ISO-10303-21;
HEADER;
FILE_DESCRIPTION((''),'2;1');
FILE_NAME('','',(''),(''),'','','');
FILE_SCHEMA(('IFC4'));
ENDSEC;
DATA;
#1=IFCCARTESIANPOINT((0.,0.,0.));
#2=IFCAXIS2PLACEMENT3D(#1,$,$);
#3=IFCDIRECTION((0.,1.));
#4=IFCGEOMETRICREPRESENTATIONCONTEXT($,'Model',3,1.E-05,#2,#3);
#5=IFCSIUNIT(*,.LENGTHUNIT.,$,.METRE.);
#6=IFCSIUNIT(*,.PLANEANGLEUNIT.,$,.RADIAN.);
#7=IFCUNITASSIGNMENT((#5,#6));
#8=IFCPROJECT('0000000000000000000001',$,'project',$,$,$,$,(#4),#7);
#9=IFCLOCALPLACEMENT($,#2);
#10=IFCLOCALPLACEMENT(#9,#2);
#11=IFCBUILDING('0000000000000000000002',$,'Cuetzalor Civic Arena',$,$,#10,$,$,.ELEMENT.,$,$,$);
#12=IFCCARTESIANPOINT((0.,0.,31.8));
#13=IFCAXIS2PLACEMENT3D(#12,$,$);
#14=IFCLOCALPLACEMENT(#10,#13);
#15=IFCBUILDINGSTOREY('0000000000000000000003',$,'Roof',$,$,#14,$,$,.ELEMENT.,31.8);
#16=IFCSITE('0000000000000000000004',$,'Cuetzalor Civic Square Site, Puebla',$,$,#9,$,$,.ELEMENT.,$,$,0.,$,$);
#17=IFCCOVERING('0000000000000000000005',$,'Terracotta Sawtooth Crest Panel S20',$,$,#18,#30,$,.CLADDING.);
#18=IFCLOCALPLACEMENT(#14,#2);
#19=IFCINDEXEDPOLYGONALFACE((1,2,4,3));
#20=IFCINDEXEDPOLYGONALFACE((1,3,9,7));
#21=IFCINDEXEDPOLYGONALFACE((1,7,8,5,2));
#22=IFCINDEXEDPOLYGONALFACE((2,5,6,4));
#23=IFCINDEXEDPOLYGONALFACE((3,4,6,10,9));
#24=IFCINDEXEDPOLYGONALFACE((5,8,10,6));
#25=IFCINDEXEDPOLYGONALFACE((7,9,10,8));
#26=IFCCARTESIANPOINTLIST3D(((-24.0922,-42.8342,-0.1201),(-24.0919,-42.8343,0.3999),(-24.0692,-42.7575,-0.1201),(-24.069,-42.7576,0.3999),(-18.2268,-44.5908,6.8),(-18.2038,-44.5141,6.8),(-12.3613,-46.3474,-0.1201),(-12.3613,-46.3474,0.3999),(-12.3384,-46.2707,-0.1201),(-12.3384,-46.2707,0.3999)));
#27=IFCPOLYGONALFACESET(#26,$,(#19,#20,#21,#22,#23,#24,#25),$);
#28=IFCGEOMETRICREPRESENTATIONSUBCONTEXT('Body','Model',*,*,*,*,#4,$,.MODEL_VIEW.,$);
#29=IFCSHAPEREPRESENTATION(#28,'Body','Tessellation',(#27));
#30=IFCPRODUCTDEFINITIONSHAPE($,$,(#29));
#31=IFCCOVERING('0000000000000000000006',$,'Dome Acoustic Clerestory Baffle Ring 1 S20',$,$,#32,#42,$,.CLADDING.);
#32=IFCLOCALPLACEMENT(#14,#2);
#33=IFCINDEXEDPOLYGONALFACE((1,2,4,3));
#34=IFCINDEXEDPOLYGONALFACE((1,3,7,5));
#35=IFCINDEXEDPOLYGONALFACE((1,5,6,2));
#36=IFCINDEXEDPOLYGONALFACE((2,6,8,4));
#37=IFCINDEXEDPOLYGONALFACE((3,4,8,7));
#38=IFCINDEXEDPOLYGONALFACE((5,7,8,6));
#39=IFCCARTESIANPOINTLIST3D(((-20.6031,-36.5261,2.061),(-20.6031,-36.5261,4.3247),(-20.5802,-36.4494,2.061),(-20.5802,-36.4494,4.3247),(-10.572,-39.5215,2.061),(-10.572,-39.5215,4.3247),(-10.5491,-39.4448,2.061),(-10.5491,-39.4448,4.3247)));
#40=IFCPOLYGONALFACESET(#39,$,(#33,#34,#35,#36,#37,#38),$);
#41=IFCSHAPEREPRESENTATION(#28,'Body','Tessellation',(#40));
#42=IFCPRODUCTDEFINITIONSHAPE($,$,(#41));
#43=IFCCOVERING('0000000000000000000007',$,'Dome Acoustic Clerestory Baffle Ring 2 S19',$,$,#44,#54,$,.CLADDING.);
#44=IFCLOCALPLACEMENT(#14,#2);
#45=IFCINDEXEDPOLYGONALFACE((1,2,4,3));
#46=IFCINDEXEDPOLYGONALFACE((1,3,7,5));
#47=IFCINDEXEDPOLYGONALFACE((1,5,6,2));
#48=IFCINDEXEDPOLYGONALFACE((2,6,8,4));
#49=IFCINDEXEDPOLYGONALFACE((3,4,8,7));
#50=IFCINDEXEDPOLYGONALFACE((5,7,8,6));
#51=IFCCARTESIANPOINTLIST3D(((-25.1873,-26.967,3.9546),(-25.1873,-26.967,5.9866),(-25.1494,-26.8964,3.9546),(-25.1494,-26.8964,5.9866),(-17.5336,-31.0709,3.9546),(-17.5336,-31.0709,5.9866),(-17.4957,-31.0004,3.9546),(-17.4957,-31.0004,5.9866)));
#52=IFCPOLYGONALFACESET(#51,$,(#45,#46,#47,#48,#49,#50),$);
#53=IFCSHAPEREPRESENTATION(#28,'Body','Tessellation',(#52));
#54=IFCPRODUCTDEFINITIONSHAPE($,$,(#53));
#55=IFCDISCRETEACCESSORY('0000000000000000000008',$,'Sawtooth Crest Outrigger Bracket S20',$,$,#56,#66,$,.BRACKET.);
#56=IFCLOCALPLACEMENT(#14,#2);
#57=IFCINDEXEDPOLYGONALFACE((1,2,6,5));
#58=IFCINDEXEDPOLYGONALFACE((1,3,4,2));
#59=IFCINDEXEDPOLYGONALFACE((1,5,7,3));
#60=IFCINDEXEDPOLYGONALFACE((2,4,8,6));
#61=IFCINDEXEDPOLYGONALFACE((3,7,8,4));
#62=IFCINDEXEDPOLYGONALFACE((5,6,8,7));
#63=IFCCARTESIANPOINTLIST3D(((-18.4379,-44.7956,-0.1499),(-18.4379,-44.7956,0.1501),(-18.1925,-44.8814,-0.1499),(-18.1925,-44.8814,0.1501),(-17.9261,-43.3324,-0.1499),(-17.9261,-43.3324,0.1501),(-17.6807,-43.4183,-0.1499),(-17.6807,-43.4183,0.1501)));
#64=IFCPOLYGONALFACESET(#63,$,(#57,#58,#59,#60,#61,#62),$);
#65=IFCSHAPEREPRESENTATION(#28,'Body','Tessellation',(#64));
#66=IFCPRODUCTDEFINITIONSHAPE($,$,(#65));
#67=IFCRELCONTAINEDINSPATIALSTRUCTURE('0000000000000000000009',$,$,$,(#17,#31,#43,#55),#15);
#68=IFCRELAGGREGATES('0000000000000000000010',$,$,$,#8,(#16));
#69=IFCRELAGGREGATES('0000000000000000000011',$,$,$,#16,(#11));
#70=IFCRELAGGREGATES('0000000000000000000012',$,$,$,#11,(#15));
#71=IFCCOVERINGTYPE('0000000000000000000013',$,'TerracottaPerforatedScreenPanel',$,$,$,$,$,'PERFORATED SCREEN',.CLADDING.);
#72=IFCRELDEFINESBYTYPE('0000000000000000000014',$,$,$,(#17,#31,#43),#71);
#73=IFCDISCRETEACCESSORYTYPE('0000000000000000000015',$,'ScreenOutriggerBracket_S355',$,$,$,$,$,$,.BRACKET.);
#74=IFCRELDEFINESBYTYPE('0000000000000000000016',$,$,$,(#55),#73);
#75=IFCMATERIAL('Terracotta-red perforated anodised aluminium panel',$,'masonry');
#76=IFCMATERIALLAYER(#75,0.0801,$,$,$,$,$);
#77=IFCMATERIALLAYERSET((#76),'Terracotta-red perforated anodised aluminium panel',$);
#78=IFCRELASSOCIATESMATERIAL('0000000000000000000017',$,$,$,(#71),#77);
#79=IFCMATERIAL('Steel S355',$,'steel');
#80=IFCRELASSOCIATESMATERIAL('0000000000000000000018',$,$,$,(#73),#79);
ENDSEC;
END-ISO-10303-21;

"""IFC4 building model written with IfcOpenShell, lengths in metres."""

from ifc_helpers import new_model, si_unit, direction, frame, frame_2d, origin, origin_2d, place, context, subcontext, project, spatial, polyline, rectangle, outline, extrude, material, layer, layer_set, type_object, element, save


model = new_model("IFC4")

# Units and contexts
model_context = context("Model", 3, precision=1e-05, world=origin(), true_north=direction((0.0, 1.0)))
body_context = subcontext(model_context, "Body", "Model", "MODEL_VIEW")
ifc_project = project(units=[si_unit("LENGTHUNIT", "METRE"), si_unit("PLANEANGLEUNIT", "RADIAN")], contexts=[model_context])

# Site, building, storey
site_placement = place(None, origin())
site = spatial("IfcSite", under=ifc_project, at=site_placement, Name="Cuetzalor Civic Square Site, Puebla", CompositionType="ELEMENT", RefElevation=0.0)
building_placement = place(site_placement, origin())
building = spatial("IfcBuilding", under=site, at=building_placement, Name="Cuetzalor Civic Arena", CompositionType="ELEMENT")
storey_placement = place(building_placement, frame((0.0, 0.0, 31.8)))
storey = spatial("IfcBuildingStorey", under=building, at=storey_placement, Name="Roof", CompositionType="ELEMENT", Elevation=31.8)

# Coverings
ifc_material_1 = material(Name="Terracotta-red perforated anodised aluminium panel", Category="masonry")
ifc_layer_1 = layer(ifc_material_1, 0.0801)
ifc_layer_set_1 = layer_set([ifc_layer_1], Name="Terracotta-red perforated anodised aluminium panel")
covering_type = type_object("IfcCoveringType", Name="TerracottaPerforatedScreenPanel", ElementType="PERFORATED SCREEN", PredefinedType="CLADDING", material=ifc_layer_set_1)
covering_1_placement = place(storey_placement, frame((-12.3499, -46.3091, -0.1201), z_axis=(0.0, 0.0, 1.0), x_axis=(-0.957962, 0.286896, 0.0)))
element("IfcCovering", 1, at=covering_1_placement, inside=storey, type_object=covering_type, Name="Terracotta Sawtooth Crest Panel S20", PredefinedType="CLADDING", context=body_context, shape_type="SweptSolid", body=[
    extrude(outline(polyline([(0.0, 0.0), (12.2456, 0.0), (12.2454, 0.52), (6.1228, 6.9202), (0.0, 0.52), (0.0, 0.0)])), frame((0.0, 0.04, 0.0), z_axis=(0.0, -1.0, 0.0), x_axis=(1.0, 0.0, 0.0)), (0.0, 0.0, 1.0), 0.0801),
])
covering_2_placement = place(storey_placement, frame((-10.5605, -39.4832, 2.061), z_axis=(0.0, 0.0, 1.0), x_axis=(-0.958192, 0.286126, 0.0)))
element("IfcCovering", 2, at=covering_2_placement, inside=storey, type_object=covering_type, Name="Dome Acoustic Clerestory Baffle Ring 1 S20", PredefinedType="CLADDING", context=body_context, shape_type="SweptSolid", body=[
    extrude(rectangle(XDim=10.4688, YDim=0.0801, at=frame_2d((5.2344, 0.0))), origin(), (0.0, 0.0, 1.0), 2.2637),
])
covering_3_placement = place(storey_placement, frame((-17.5146, -31.0356, 3.9546), z_axis=(0.0, 0.0, 1.0), x_axis=(-0.8813, 0.472557, 0.0)))
element("IfcCovering", 3, at=covering_3_placement, inside=storey, type_object=covering_type, Name="Dome Acoustic Clerestory Baffle Ring 2 S19", PredefinedType="CLADDING", context=body_context, shape_type="SweptSolid", body=[
    extrude(rectangle(XDim=8.6846, YDim=0.0801, at=frame_2d((4.3423, 0.0))), origin(), (0.0, 0.0, 1.0), 2.032),
])

# Discrete accessory
ifc_material_2 = material(Name="Steel S355", Category="steel")
discrete_accessory_type = type_object("IfcDiscreteAccessoryType", Name="ScreenOutriggerBracket_S355", PredefinedType="BRACKET", material=ifc_material_2)
discrete_accessory_placement = place(storey_placement, frame((-18.0593, -44.1069, -0.1499), z_axis=(0.0, 0.0, 1.0), x_axis=(-0.330185, -0.943916, 0.0)))
element("IfcDiscreteAccessory", 4, at=discrete_accessory_placement, inside=storey, type_object=discrete_accessory_type, Name="Sawtooth Crest Outrigger Bracket S20", PredefinedType="BRACKET", context=body_context, shape_type="SweptSolid", body=[
    extrude(rectangle(XDim=1.55, YDim=0.26, at=origin_2d()), origin(), (0.0, 0.0, 1.0), 0.3),
])

save(model, "model.ifc")
